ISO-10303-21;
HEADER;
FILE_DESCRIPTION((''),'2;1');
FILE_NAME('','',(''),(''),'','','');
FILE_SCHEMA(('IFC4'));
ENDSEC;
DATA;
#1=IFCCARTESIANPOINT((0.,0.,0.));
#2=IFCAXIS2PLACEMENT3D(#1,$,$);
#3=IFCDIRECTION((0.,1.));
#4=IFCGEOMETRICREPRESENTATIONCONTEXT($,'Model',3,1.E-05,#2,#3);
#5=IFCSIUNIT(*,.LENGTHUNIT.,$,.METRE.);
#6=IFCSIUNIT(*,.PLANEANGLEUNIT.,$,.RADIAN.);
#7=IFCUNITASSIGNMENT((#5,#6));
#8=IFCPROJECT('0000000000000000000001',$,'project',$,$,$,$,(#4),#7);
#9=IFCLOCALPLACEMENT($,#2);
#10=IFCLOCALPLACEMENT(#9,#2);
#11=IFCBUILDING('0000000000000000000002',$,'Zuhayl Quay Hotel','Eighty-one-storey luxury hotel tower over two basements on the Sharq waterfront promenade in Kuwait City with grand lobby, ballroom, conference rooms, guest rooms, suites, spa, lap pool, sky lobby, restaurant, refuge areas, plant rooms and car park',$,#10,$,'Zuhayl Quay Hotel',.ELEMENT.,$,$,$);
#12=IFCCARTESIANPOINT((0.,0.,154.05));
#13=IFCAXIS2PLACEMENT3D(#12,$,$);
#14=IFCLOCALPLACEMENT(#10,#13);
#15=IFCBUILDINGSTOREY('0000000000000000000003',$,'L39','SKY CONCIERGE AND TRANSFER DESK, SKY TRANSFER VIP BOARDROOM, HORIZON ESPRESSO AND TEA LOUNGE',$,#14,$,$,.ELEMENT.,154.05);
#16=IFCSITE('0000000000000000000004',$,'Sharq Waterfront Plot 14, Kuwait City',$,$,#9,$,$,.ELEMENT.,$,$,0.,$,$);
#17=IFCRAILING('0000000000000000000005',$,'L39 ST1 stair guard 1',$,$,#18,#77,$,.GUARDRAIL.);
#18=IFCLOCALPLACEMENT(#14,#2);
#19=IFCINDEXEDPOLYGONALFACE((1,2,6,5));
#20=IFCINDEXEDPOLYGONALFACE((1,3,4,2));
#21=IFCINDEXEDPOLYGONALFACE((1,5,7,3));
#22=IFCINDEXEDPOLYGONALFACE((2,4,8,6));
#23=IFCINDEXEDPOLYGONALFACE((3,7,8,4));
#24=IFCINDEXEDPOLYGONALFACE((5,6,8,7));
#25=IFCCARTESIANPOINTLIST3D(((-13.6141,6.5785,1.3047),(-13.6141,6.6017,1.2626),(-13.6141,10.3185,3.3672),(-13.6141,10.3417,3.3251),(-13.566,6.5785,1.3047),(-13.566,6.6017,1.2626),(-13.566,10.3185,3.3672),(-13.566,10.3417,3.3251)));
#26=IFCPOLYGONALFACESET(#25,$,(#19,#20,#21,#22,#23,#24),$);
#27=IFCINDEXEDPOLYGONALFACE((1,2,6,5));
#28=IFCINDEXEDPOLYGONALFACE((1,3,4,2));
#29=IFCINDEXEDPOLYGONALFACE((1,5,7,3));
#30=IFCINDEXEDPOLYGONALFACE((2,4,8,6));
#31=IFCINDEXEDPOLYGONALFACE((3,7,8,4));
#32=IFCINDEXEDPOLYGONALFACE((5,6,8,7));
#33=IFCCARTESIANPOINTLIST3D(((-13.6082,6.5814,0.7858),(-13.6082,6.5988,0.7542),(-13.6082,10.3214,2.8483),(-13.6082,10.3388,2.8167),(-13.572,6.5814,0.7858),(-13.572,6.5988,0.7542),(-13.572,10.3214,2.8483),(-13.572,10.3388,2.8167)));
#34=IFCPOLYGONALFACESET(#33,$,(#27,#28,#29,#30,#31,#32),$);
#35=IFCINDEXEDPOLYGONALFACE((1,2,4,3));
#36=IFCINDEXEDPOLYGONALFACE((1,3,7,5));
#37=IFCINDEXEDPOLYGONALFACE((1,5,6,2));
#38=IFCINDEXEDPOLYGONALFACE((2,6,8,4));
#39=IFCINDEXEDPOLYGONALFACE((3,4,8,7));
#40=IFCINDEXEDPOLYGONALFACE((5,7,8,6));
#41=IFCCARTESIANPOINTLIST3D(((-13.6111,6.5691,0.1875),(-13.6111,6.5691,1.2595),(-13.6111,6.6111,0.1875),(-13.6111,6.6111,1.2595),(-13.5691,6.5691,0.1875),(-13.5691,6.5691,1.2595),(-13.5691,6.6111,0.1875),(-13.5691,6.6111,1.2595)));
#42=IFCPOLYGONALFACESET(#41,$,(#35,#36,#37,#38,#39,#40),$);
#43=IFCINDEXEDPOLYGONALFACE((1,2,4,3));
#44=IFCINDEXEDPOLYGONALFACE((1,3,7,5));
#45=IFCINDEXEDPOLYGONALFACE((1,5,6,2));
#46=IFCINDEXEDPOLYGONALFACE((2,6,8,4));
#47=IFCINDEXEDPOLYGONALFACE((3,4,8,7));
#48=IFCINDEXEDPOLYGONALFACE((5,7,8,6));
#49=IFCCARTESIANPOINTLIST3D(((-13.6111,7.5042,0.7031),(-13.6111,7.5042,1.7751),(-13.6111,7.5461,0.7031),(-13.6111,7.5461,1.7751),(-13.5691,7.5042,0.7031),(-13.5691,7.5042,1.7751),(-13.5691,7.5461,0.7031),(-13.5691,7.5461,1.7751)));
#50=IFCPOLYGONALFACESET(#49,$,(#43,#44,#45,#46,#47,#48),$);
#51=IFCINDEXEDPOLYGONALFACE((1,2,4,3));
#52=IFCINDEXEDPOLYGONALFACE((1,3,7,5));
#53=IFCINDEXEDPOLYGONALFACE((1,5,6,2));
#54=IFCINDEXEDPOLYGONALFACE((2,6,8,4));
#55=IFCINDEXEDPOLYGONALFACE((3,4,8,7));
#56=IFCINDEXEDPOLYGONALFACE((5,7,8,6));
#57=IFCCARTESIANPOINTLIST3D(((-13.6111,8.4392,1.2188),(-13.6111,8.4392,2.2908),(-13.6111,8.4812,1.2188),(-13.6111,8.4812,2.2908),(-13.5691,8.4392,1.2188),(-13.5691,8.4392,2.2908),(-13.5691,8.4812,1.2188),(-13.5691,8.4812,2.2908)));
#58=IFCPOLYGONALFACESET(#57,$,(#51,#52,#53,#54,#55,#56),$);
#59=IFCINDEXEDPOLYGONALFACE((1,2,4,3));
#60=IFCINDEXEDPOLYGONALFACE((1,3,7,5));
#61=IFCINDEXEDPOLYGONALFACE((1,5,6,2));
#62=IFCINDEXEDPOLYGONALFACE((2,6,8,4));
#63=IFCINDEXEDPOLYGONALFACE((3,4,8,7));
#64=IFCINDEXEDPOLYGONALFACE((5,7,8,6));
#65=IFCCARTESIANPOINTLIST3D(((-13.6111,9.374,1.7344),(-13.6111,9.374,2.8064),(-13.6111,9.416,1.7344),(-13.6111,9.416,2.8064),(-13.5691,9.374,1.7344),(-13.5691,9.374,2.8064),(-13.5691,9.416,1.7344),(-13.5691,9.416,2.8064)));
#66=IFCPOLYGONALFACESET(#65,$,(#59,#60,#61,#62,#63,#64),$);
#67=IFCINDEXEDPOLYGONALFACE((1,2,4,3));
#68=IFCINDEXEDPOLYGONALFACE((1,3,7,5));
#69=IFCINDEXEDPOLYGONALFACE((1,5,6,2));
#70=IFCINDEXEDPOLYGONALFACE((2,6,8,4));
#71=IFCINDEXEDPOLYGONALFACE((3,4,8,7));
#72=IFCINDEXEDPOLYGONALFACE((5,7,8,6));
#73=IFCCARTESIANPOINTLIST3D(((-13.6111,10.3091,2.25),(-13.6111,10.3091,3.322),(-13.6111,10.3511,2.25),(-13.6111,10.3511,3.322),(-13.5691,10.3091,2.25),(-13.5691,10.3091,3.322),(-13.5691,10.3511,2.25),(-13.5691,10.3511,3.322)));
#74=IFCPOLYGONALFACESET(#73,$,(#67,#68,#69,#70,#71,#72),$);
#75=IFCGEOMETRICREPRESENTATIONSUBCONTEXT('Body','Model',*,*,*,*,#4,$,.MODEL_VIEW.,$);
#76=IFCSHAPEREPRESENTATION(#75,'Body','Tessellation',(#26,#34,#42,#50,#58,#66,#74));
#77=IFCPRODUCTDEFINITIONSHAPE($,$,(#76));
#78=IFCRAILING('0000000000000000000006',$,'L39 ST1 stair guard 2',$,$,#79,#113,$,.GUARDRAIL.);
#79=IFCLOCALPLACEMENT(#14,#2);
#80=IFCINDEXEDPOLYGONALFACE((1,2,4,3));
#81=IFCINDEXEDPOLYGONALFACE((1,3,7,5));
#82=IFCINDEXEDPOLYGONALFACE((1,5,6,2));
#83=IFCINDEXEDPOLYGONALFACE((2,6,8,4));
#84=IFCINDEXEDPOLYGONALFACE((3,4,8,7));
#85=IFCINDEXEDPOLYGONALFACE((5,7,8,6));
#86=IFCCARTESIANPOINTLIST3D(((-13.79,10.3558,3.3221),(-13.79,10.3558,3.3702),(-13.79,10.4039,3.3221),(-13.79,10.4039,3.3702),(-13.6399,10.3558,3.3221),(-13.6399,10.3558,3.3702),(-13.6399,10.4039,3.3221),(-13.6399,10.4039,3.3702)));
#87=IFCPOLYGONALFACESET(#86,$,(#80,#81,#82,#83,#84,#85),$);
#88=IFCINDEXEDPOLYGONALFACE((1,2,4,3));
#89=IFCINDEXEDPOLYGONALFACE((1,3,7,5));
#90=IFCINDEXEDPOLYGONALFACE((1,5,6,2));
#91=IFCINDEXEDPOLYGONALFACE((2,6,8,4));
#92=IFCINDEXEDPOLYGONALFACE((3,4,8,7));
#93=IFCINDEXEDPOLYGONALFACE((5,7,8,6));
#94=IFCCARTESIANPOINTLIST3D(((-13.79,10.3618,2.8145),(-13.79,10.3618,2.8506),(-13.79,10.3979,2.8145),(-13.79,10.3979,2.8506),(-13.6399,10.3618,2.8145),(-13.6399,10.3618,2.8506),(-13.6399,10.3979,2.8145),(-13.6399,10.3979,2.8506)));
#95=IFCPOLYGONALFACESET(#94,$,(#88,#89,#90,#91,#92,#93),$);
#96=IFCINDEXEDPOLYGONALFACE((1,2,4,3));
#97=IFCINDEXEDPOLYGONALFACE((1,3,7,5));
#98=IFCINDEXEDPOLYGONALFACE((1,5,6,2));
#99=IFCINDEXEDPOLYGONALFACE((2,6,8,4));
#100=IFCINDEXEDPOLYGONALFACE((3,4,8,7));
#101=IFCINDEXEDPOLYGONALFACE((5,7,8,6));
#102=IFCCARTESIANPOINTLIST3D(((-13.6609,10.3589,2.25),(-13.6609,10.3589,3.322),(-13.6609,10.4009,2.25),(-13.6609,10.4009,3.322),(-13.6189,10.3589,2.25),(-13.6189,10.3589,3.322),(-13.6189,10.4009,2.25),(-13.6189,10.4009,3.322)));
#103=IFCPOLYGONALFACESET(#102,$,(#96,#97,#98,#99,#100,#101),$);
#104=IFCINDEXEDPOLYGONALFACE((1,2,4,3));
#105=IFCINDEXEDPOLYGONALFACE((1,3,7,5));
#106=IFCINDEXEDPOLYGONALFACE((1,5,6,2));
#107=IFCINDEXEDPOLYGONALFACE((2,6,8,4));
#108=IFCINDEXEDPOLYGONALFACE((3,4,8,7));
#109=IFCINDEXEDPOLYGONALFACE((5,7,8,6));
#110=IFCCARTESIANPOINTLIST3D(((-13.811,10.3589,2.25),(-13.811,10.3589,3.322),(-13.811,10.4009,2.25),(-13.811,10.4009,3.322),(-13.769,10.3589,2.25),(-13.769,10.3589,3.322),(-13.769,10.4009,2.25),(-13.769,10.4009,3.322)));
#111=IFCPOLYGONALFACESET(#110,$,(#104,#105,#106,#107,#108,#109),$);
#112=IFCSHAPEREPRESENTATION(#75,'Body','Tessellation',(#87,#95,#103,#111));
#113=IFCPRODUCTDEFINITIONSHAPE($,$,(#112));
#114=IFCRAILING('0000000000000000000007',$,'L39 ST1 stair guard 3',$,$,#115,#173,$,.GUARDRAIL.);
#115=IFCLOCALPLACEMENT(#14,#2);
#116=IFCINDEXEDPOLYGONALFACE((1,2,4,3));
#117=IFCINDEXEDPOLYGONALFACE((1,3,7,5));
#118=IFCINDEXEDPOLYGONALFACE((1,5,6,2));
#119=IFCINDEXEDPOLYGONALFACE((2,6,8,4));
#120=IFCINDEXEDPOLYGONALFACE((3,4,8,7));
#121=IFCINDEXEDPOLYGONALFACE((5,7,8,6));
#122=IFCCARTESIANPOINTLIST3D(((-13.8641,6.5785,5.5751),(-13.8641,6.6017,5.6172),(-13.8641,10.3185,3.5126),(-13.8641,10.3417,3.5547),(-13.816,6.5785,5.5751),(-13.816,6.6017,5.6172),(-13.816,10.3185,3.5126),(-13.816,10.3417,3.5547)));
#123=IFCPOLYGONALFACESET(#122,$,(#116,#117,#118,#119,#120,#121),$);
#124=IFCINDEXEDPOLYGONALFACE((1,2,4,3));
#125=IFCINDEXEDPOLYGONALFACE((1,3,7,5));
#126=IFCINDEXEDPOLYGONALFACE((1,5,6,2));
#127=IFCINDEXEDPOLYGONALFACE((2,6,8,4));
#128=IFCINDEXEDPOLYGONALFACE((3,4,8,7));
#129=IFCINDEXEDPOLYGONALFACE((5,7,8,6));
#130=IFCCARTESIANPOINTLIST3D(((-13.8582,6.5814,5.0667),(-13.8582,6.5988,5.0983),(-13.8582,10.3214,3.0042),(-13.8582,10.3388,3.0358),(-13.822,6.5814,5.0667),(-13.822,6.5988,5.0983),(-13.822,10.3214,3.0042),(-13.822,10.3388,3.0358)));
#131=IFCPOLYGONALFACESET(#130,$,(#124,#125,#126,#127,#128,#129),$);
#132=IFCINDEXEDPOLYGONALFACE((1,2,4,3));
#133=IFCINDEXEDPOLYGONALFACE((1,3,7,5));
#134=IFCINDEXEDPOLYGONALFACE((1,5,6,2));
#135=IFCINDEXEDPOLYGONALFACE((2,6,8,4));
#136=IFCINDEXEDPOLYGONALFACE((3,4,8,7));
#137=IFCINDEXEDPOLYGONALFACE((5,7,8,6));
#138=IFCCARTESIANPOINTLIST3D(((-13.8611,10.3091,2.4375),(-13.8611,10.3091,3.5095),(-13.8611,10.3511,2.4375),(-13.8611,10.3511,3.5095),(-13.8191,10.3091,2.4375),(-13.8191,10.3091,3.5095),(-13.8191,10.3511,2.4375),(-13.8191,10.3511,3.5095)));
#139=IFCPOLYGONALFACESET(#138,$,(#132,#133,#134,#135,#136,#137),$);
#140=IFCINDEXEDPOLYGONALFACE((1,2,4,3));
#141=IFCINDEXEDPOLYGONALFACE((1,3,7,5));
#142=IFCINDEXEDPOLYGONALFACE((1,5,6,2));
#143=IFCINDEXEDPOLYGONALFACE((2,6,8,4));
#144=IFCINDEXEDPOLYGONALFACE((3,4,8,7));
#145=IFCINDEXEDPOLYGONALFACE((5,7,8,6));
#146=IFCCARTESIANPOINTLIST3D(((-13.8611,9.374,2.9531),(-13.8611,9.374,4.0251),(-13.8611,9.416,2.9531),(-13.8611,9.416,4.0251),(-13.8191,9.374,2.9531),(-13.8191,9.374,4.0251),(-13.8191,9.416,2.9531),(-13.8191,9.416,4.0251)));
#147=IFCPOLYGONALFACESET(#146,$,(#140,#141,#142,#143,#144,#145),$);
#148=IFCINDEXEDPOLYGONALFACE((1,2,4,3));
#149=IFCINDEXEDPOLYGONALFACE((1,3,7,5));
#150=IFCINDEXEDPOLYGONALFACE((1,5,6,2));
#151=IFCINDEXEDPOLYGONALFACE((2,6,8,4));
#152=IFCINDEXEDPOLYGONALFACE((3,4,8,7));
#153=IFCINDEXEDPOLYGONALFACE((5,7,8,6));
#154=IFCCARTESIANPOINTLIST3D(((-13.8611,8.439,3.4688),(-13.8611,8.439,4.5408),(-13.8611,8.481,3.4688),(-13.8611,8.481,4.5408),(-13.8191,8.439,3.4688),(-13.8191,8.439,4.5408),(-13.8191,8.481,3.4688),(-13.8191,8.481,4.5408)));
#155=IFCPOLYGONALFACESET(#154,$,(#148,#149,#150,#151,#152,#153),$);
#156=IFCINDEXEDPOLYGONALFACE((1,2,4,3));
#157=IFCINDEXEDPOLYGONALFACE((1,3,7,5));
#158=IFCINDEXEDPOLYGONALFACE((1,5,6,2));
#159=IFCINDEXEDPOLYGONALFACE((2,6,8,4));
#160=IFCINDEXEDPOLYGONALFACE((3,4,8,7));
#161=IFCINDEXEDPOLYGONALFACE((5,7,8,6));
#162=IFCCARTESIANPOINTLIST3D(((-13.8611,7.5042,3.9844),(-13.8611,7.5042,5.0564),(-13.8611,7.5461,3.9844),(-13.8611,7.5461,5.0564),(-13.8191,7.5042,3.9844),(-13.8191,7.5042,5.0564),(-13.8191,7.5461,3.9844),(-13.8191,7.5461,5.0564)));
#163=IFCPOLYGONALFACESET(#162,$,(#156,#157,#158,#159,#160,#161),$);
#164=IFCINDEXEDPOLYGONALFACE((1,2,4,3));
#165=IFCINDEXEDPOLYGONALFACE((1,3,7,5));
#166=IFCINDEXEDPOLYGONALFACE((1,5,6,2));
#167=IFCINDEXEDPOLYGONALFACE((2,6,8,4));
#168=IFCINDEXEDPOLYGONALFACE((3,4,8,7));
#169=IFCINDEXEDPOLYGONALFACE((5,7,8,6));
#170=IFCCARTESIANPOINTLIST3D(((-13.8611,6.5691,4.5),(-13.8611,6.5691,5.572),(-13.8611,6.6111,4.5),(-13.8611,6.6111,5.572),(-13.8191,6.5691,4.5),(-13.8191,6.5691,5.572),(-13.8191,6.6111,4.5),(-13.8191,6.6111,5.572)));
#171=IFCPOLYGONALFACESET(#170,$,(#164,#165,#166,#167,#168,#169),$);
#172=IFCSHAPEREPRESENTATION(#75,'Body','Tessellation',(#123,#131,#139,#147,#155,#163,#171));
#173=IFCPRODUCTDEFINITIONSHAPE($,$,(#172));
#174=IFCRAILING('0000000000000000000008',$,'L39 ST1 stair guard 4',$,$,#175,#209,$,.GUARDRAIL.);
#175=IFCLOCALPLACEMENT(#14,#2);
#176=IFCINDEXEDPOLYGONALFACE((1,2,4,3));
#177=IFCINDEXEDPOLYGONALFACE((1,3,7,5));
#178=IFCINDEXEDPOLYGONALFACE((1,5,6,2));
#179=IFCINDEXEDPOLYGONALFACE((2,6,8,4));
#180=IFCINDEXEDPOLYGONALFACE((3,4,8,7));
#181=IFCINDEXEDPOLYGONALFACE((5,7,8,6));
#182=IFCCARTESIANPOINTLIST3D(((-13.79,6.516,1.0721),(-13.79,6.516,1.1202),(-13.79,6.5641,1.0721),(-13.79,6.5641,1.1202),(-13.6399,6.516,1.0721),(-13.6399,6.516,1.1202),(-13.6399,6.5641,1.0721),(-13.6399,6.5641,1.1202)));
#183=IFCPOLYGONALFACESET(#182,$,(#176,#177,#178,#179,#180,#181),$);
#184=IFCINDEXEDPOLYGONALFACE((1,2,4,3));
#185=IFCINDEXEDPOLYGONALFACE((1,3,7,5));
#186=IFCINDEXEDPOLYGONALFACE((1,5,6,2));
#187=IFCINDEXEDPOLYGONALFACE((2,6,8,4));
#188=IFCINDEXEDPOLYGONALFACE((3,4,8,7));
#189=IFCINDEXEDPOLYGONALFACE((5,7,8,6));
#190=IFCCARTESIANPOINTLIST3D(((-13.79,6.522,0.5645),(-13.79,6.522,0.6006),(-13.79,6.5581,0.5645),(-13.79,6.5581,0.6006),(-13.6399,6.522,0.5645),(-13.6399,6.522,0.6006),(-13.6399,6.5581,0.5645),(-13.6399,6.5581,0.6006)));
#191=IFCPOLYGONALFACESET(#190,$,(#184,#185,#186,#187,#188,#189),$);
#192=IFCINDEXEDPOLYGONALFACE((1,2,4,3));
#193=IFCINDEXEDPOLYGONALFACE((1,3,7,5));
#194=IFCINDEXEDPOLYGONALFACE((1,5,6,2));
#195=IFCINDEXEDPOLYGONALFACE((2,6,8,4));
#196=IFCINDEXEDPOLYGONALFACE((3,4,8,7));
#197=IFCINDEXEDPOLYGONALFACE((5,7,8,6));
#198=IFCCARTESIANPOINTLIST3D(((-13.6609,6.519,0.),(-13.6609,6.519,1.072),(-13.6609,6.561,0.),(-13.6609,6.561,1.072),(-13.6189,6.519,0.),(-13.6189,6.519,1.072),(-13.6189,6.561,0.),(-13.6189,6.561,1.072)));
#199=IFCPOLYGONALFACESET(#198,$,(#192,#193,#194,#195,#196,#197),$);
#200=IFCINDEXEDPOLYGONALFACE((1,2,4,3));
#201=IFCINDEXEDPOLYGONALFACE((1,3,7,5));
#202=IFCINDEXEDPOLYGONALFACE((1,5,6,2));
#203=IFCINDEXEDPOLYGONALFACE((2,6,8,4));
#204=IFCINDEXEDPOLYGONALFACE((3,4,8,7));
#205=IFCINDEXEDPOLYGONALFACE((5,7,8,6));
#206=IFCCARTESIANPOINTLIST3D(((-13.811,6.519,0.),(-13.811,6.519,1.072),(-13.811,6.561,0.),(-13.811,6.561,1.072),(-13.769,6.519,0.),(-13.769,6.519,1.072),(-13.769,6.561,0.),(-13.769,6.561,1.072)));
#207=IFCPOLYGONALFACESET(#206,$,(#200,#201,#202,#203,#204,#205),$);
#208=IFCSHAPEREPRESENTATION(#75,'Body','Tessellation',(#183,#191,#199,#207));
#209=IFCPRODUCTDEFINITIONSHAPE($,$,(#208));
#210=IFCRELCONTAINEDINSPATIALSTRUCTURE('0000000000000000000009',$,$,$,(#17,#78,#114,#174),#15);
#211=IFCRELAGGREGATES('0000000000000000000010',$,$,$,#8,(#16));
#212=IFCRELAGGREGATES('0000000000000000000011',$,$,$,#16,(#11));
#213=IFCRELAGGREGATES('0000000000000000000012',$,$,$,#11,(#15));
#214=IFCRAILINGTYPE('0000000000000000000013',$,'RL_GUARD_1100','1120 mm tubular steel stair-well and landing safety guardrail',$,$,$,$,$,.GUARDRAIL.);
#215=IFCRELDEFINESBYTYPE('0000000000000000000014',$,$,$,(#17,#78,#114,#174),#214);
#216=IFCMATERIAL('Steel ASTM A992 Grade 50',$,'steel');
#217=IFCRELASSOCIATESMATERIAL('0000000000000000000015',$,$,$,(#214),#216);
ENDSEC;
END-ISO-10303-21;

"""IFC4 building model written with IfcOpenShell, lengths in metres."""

from ifc_helpers import new_model, si_unit, direction, frame, origin, origin_2d, place, context, subcontext, project, spatial, rectangle, extrude, material, type_object, element, save


model = new_model("IFC4")

# Units and contexts
model_context = context("Model", 3, precision=1e-05, world=origin(), true_north=direction((0.0, 1.0)))
body_context = subcontext(model_context, "Body", "Model", "MODEL_VIEW")
ifc_project = project(units=[si_unit("LENGTHUNIT", "METRE"), si_unit("PLANEANGLEUNIT", "RADIAN")], contexts=[model_context])

# Site, building, storey
site_placement = place(None, origin())
site = spatial("IfcSite", under=ifc_project, at=site_placement, Name="Sharq Waterfront Plot 14, Kuwait City", CompositionType="ELEMENT", RefElevation=0.0)
building_placement = place(site_placement, origin())
building = spatial("IfcBuilding", under=site, at=building_placement, Name="Zuhayl Quay Hotel", Description="Eighty-one-storey luxury hotel tower over two basements on the Sharq waterfront promenade in Kuwait City with grand lobby, ballroom, conference rooms, guest rooms, suites, spa, lap pool, sky lobby, restaurant, refuge areas, plant rooms and car park", LongName="Zuhayl Quay Hotel", CompositionType="ELEMENT")
storey_placement = place(building_placement, frame((0.0, 0.0, 154.05)))
storey = spatial("IfcBuildingStorey", under=building, at=storey_placement, Name="L39", Description="SKY CONCIERGE AND TRANSFER DESK, SKY TRANSFER VIP BOARDROOM, HORIZON ESPRESSO AND TEA LOUNGE", CompositionType="ELEMENT", Elevation=154.05)

# Shared definitions
ifc_material_1 = material(Name="Steel ASTM A992 Grade 50", Category="steel")

# Railings
railing_type_1 = type_object("IfcRailingType", Name="RL_GUARD_1100", Description="1120 mm tubular steel stair-well and landing safety guardrail", PredefinedType="GUARDRAIL", material=ifc_material_1)
railing_1_placement = place(storey_placement, frame((-13.5901, 6.5901, 0.1875)))
element("IfcRailing", 1, at=railing_1_placement, inside=storey, type_object=railing_type_1, Name="L39 ST1 stair guard 1", PredefinedType="GUARDRAIL", context=body_context, shape_type="SweptSolid", body=[
    extrude(rectangle(XDim=0.0481, YDim=0.0481, at=origin_2d()), frame((0.0, 0.0, 1.0962), z_axis=(0.0, 0.875671, 0.482908), x_axis=(-1.0, 0.0, 0.0)), (0.0, 0.0, 1.0), 4.271),
    extrude(rectangle(XDim=0.0361, YDim=0.0361, at=origin_2d()), frame((0.0, 0.0, 0.5825), z_axis=(0.0, 0.875671, 0.482908), x_axis=(-1.0, 0.0, 0.0)), (0.0, 0.0, 1.0), 4.271),
    extrude(rectangle(XDim=0.042, YDim=0.042, at=origin_2d()), origin(), (0.0, 0.0, 1.0), 1.072),
    extrude(rectangle(XDim=0.042, YDim=0.042, at=origin_2d()), frame((0.0, 0.9351, 0.5156)), (0.0, 0.0, 1.0), 1.072),
    extrude(rectangle(XDim=0.042, YDim=0.042, at=origin_2d()), frame((0.0, 1.8701, 1.0312)), (0.0, 0.0, 1.0), 1.072),
    extrude(rectangle(XDim=0.042, YDim=0.042, at=origin_2d()), frame((0.0, 2.8049, 1.5469)), (0.0, 0.0, 1.0), 1.072),
    extrude(rectangle(XDim=0.042, YDim=0.042, at=origin_2d()), frame((0.0, 3.74, 2.0625)), (0.0, 0.0, 1.0), 1.072),
])
railing_2_placement = place(storey_placement, frame((-13.6399, 10.3799, 2.25)))
element("IfcRailing", 2, at=railing_2_placement, inside=storey, type_object=railing_type_1, Name="L39 ST1 stair guard 2", PredefinedType="GUARDRAIL", context=body_context, shape_type="SweptSolid", body=[
    extrude(rectangle(XDim=0.0481, YDim=0.0481, at=origin_2d()), frame((0.0, 0.0, 1.0962), z_axis=(-1.0, 0.0, 0.0), x_axis=(0.0, -1.0, 0.0)), (0.0, 0.0, 1.0), 0.1501),
    extrude(rectangle(XDim=0.0361, YDim=0.0361, at=origin_2d()), frame((0.0, 0.0, 0.5825), z_axis=(-1.0, 0.0, 0.0), x_axis=(0.0, -1.0, 0.0)), (0.0, 0.0, 1.0), 0.1501),
    extrude(rectangle(XDim=0.042, YDim=0.042, at=origin_2d()), origin(), (0.0, 0.0, 1.0), 1.072),
    extrude(rectangle(XDim=0.042, YDim=0.042, at=origin_2d()), frame((-0.1501, 0.0, 0.0)), (0.0, 0.0, 1.0), 1.072),
])
railing_3_placement = place(storey_placement, frame((-13.8401, 10.3301, 2.4375)))
element("IfcRailing", 3, at=railing_3_placement, inside=storey, type_object=railing_type_1, Name="L39 ST1 stair guard 3", PredefinedType="GUARDRAIL", context=body_context, shape_type="SweptSolid", body=[
    extrude(rectangle(XDim=0.0481, YDim=0.0481, at=origin_2d()), frame((0.0, 0.0, 1.0962), z_axis=(0.0, -0.875671, 0.482908), x_axis=(1.0, 0.0, 0.0)), (0.0, 0.0, 1.0), 4.271),
    extrude(rectangle(XDim=0.0361, YDim=0.0361, at=origin_2d()), frame((0.0, 0.0, 0.5825), z_axis=(0.0, -0.875671, 0.482908), x_axis=(1.0, 0.0, 0.0)), (0.0, 0.0, 1.0), 4.271),
    extrude(rectangle(XDim=0.042, YDim=0.042, at=origin_2d()), origin(), (0.0, 0.0, 1.0), 1.072),
    extrude(rectangle(XDim=0.042, YDim=0.042, at=origin_2d()), frame((0.0, -0.9351, 0.5156)), (0.0, 0.0, 1.0), 1.072),
    extrude(rectangle(XDim=0.042, YDim=0.042, at=origin_2d()), frame((0.0, -1.8701, 1.0312)), (0.0, 0.0, 1.0), 1.072),
    extrude(rectangle(XDim=0.042, YDim=0.042, at=origin_2d()), frame((0.0, -2.8049, 1.5469)), (0.0, 0.0, 1.0), 1.072),
    extrude(rectangle(XDim=0.042, YDim=0.042, at=origin_2d()), frame((0.0, -3.74, 2.0625)), (0.0, 0.0, 1.0), 1.072),
])
railing_4_placement = place(storey_placement, frame((-13.6399, 6.54, 0.0)))
element("IfcRailing", 4, at=railing_4_placement, inside=storey, type_object=railing_type_1, Name="L39 ST1 stair guard 4", PredefinedType="GUARDRAIL", context=body_context, shape_type="SweptSolid", body=[
    extrude(rectangle(XDim=0.0481, YDim=0.0481, at=origin_2d()), frame((0.0, 0.0, 1.0962), z_axis=(-1.0, 0.0, 0.0), x_axis=(0.0, -1.0, 0.0)), (0.0, 0.0, 1.0), 0.1501),
    extrude(rectangle(XDim=0.0361, YDim=0.0361, at=origin_2d()), frame((0.0, 0.0, 0.5825), z_axis=(-1.0, 0.0, 0.0), x_axis=(0.0, -1.0, 0.0)), (0.0, 0.0, 1.0), 0.1501),
    extrude(rectangle(XDim=0.042, YDim=0.042, at=origin_2d()), origin(), (0.0, 0.0, 1.0), 1.072),
    extrude(rectangle(XDim=0.042, YDim=0.042, at=origin_2d()), frame((-0.1501, 0.0, 0.0)), (0.0, 0.0, 1.0), 1.072),
])

save(model, "model.ifc")
